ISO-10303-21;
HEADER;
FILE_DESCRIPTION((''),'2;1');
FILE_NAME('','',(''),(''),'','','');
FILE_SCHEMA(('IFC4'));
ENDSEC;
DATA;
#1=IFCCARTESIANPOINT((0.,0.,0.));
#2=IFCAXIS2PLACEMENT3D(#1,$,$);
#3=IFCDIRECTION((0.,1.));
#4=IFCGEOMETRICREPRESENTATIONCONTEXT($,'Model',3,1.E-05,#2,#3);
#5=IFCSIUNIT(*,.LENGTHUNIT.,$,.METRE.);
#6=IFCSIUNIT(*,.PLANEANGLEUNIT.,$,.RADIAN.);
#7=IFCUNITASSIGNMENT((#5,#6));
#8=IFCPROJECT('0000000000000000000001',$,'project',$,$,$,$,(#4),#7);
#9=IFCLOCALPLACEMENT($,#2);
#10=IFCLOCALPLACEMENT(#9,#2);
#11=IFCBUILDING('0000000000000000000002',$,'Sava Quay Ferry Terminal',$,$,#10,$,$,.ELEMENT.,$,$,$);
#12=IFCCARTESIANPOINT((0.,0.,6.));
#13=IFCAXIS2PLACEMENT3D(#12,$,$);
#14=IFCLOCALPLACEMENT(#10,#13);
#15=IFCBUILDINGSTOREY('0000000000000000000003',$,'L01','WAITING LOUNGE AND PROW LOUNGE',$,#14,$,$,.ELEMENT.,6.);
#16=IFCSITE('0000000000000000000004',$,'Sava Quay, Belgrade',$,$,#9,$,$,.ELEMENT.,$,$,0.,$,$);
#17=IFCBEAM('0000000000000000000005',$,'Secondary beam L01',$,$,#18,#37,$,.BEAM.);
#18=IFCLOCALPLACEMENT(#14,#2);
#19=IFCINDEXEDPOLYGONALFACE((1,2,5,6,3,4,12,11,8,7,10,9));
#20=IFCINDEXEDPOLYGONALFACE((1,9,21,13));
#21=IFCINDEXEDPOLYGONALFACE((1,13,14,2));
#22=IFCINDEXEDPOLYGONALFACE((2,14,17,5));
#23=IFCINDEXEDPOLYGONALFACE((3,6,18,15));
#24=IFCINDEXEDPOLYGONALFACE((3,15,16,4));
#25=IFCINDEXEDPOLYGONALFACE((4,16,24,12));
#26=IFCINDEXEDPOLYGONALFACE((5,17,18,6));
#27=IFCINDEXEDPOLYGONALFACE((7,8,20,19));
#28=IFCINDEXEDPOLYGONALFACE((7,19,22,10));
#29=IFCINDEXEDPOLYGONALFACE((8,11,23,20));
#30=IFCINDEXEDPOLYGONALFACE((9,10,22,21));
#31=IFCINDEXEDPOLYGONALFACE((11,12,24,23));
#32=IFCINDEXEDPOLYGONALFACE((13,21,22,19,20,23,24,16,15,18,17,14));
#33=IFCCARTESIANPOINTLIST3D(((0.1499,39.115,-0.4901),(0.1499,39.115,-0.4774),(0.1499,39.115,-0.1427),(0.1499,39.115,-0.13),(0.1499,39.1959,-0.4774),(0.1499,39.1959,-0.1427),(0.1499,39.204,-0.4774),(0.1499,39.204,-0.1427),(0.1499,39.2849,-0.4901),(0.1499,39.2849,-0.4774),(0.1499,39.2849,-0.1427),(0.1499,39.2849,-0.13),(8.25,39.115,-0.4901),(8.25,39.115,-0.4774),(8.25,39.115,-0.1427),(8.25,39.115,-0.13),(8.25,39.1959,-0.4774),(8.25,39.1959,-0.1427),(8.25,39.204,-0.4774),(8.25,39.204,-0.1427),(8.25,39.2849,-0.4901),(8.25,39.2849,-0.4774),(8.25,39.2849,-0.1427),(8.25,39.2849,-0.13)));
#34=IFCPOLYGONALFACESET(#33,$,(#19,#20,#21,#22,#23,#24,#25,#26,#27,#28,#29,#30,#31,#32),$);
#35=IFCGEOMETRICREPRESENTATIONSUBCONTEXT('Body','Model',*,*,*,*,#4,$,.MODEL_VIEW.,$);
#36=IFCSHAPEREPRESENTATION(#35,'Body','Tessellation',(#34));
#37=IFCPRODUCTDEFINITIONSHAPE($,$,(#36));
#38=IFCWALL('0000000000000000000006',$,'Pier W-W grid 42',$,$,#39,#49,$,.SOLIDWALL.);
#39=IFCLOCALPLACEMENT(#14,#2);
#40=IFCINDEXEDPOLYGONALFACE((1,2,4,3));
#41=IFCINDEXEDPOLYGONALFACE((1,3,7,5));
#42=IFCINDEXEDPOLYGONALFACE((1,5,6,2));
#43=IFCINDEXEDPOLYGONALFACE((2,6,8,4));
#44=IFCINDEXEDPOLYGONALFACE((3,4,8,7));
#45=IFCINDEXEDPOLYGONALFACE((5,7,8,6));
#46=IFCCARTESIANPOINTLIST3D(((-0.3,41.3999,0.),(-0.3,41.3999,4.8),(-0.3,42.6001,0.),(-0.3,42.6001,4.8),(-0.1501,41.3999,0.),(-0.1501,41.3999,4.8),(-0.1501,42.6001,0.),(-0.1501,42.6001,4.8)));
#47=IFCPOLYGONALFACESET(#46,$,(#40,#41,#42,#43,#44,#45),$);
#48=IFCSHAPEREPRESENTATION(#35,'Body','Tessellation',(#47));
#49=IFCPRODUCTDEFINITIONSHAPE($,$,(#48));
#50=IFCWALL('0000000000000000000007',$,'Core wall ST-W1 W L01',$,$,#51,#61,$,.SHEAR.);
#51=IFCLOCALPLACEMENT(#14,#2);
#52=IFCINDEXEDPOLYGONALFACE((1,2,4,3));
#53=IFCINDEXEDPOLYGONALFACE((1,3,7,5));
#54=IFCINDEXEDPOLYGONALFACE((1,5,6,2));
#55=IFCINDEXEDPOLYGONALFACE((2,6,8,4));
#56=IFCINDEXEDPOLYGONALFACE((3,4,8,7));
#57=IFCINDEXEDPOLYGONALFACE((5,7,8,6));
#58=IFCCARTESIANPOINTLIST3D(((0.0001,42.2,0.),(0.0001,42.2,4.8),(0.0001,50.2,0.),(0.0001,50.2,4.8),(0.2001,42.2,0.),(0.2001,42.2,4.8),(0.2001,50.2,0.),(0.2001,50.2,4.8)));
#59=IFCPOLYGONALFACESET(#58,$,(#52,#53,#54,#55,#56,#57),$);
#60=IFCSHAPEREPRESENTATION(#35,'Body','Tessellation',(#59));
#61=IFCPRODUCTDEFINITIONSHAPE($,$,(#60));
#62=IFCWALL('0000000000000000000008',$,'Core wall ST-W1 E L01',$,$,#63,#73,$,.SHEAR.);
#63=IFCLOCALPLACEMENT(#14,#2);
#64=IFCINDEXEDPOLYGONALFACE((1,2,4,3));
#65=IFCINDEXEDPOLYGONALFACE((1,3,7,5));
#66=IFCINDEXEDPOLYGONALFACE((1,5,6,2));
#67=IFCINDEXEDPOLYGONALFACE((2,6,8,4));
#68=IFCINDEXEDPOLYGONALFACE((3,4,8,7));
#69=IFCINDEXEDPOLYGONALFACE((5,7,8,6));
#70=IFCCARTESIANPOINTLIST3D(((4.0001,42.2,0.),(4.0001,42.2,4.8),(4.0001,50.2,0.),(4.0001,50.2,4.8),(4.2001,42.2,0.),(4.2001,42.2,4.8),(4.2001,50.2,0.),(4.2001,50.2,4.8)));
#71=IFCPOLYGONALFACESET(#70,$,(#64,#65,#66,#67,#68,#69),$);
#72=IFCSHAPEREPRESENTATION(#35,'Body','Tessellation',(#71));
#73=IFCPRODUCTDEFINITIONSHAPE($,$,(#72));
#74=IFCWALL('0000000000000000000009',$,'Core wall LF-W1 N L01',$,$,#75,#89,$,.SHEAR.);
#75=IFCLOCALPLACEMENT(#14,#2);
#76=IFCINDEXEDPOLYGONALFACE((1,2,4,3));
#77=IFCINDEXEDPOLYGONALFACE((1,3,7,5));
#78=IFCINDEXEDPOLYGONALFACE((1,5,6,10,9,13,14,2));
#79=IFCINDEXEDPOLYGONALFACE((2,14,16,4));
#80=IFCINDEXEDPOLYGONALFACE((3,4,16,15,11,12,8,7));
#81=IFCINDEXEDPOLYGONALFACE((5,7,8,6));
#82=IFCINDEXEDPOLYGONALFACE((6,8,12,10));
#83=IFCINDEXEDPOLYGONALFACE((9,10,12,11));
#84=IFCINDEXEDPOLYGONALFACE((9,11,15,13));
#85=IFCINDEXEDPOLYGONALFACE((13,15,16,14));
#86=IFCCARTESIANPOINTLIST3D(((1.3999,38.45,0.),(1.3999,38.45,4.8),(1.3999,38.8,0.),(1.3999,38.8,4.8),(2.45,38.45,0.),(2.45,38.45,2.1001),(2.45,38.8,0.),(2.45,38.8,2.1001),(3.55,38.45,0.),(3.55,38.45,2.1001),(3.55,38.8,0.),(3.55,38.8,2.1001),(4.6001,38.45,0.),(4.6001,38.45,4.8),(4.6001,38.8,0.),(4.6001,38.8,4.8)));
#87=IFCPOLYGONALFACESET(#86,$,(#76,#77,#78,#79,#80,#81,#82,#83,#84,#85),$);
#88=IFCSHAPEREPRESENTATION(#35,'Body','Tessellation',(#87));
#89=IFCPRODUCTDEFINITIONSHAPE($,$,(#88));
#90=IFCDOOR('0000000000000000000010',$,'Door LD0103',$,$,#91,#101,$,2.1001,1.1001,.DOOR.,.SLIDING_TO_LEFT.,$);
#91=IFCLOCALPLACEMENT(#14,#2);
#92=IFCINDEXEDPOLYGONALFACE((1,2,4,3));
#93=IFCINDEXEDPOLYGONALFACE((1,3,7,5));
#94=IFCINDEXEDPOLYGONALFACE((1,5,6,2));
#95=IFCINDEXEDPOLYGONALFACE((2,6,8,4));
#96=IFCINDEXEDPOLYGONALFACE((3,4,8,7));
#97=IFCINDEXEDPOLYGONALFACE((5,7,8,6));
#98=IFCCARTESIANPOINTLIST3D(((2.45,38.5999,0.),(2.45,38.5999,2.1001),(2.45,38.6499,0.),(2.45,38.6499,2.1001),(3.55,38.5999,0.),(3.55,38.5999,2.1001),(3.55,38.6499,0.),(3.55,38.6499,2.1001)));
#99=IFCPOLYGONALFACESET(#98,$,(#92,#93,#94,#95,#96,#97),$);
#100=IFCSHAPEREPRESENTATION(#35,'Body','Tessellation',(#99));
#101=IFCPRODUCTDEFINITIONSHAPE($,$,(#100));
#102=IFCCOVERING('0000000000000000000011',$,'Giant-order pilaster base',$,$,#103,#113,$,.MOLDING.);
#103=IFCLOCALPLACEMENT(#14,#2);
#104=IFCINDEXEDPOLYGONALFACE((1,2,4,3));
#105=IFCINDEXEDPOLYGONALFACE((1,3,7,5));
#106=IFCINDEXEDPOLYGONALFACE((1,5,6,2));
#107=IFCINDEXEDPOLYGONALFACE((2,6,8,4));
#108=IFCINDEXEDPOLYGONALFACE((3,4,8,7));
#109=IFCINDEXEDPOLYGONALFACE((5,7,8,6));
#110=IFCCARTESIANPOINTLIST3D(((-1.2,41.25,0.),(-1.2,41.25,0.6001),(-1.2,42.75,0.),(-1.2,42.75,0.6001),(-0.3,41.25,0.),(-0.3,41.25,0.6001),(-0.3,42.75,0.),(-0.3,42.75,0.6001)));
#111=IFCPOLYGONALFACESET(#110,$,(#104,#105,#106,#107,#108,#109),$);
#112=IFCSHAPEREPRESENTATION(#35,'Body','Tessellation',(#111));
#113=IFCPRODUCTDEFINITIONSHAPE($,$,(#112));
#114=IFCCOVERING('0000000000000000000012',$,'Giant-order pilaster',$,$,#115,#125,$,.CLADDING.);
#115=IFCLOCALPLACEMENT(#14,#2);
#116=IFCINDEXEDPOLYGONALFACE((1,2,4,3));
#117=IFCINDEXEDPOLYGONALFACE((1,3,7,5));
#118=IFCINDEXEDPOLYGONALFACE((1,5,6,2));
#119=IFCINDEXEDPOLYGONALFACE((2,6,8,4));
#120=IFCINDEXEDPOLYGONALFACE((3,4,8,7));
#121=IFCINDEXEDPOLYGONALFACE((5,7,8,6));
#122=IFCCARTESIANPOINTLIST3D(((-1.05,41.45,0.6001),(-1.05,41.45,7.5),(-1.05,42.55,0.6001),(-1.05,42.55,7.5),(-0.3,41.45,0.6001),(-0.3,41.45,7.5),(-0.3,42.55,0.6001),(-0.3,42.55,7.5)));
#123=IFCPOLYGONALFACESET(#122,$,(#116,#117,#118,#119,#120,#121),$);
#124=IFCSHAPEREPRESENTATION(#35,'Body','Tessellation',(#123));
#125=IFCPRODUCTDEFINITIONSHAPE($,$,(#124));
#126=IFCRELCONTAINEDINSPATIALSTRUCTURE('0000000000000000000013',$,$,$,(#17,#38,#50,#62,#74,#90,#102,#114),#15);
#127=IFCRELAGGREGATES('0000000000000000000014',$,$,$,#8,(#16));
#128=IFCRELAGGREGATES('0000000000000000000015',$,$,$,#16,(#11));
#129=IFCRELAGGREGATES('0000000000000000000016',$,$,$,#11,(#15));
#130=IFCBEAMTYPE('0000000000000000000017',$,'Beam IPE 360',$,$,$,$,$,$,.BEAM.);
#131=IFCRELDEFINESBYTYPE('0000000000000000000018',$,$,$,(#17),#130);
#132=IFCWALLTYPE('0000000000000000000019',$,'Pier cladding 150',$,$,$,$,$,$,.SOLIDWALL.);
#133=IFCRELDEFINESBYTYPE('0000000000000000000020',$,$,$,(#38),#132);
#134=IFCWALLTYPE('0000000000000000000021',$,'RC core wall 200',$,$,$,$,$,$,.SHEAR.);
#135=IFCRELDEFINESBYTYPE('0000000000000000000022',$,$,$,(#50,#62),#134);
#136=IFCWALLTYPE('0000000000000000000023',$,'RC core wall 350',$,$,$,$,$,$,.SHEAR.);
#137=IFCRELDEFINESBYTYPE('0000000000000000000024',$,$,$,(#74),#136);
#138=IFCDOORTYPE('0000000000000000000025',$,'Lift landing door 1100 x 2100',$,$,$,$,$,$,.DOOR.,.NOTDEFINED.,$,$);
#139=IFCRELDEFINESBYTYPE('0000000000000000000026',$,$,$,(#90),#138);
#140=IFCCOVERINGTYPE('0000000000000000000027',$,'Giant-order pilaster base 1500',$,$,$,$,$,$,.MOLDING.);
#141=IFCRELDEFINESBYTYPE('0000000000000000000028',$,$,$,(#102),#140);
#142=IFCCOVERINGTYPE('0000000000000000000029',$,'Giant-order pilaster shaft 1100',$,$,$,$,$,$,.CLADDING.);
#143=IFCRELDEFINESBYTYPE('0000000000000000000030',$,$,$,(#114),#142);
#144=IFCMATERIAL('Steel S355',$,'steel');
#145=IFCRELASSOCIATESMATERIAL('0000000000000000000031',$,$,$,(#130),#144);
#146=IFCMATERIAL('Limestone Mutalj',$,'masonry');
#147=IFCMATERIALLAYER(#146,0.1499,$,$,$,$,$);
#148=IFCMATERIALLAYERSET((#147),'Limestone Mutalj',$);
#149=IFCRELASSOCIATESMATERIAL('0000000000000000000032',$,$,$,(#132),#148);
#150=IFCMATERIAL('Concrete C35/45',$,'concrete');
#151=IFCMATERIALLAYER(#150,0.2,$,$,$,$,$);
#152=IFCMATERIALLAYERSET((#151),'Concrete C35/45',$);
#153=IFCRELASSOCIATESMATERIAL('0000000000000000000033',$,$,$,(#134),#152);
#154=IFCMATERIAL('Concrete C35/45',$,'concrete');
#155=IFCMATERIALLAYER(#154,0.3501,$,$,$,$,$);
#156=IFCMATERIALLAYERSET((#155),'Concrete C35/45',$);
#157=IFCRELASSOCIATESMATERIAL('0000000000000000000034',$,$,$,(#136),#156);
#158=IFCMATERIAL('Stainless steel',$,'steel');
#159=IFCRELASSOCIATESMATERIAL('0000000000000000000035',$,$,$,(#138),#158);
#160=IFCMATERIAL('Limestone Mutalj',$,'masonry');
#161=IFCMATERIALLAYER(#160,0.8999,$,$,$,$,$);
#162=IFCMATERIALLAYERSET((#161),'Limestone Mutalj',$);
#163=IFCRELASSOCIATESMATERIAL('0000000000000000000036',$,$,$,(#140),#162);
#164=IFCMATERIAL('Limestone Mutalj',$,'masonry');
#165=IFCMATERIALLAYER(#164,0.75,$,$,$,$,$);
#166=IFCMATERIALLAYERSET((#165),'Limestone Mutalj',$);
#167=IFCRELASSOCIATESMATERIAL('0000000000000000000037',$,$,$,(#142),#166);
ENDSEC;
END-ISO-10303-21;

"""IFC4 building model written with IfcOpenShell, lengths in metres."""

from ifc_helpers import new_model, si_unit, direction, frame, frame_2d, origin, origin_2d, place, context, subcontext, project, spatial, rectangle, i_section, extrude, material, layer, layer_set, material_profile, profile_set, type_object, element, fill, save


model = new_model("IFC4")

# Units and contexts
model_context = context("Model", 3, precision=1e-05, world=origin(), true_north=direction((0.0, 1.0)))
body_context = subcontext(model_context, "Body", "Model", "MODEL_VIEW")
ifc_project = project(units=[si_unit("LENGTHUNIT", "METRE"), si_unit("PLANEANGLEUNIT", "RADIAN")], contexts=[model_context])

# Site, building, storey
site_placement = place(None, origin())
site = spatial("IfcSite", under=ifc_project, at=site_placement, Name="Sava Quay, Belgrade", CompositionType="ELEMENT", RefElevation=0.0)
building_placement = place(site_placement, origin())
building = spatial("IfcBuilding", under=site, at=building_placement, Name="Sava Quay Ferry Terminal", CompositionType="ELEMENT")
storey_placement = place(building_placement, frame((0.0, 0.0, 6.0)))
storey = spatial("IfcBuildingStorey", under=building, at=storey_placement, Name="L01", Description="WAITING LOUNGE AND PROW LOUNGE", CompositionType="ELEMENT", Elevation=6.0)

# Beam
ifc_material_1 = material(Name="Steel S355", Category="steel")
ifc_material_profile = material_profile(ifc_material_1, i_section(OverallWidth=0.1699, OverallDepth=0.3601, WebThickness=0.0081, FlangeThickness=0.0127, at=origin_2d()), Name="IPE 360")
ifc_profile_set = profile_set([ifc_material_profile], Name="Steel S355")
beam_type = type_object("IfcBeamType", Name="Beam IPE 360", PredefinedType="BEAM", material=ifc_profile_set)
beam_placement = place(storey_placement, frame((0.1499, 39.2, -0.3101), z_axis=(1.0, 0.0, 0.0), x_axis=(0.0, 1.0, 0.0)))
element("IfcBeam", 1, at=beam_placement, inside=storey, type_object=beam_type, Name="Secondary beam L01", PredefinedType="BEAM", context=body_context, shape_type="SweptSolid", body=[
    extrude(i_section(OverallWidth=0.1699, OverallDepth=0.3601, WebThickness=0.0081, FlangeThickness=0.0127, at=origin_2d()), origin(), (0.0, 0.0, 1.0), 8.1001),
])

# Wall
ifc_material_2 = material(Name="Limestone Mutalj", Category="masonry")
ifc_layer_1 = layer(ifc_material_2, 0.1499)
ifc_layer_set_1 = layer_set([ifc_layer_1], Name="Limestone Mutalj")
wall_type_1 = type_object("IfcWallType", Name="Pier cladding 150", PredefinedType="SOLIDWALL", material=ifc_layer_set_1)
wall_1_placement = place(storey_placement, frame((-0.2251, 41.3999, 0.0), z_axis=(0.0, 0.0, 1.0), x_axis=(0.0, 1.0, 0.0)))
element("IfcWall", 2, at=wall_1_placement, inside=storey, type_object=wall_type_1, Name="Pier W-W grid 42", PredefinedType="SOLIDWALL", context=body_context, shape_type="SweptSolid", body=[
    extrude(rectangle(XDim=1.2002, YDim=0.1499, at=frame_2d((0.6001, 0.0))), origin(), (0.0, 0.0, 1.0), 4.8),
])

# Shared definitions
ifc_material_3 = material(Name="Concrete C35/45", Category="concrete")
ifc_layer_2 = layer(ifc_material_3, 0.2)
ifc_layer_set_2 = layer_set([ifc_layer_2], Name="Concrete C35/45")
wall_type_2 = type_object("IfcWallType", Name="RC core wall 200", PredefinedType="SHEAR", material=ifc_layer_set_2)

# Walls
for number, where, z_axis, x_axis, name in (
    (3, (0.1001, 42.2, 0.0), (0.0, 0.0, 1.0), (0.0, 1.0, 0.0), "Core wall ST-W1 W L01"),
    (4, (4.1001, 42.2, 0.0), (0.0, 0.0, 1.0), (0.0, 1.0, 0.0), "Core wall ST-W1 E L01"),
):
    element("IfcWall", number, at=place(storey_placement, frame(where, z_axis=z_axis, x_axis=x_axis)), inside=storey, type_object=wall_type_2, Name=name, PredefinedType="SHEAR", context=body_context, shape_type="SweptSolid", body=[
        extrude(rectangle(XDim=8.0, YDim=0.2, at=frame_2d((4.0, 0.0))), origin(), (0.0, 0.0, 1.0), 4.8),
    ])

# Wall, opening, door
ifc_material_4 = material(Name="Concrete C35/45", Category="concrete")
ifc_layer_3 = layer(ifc_material_4, 0.3501)
ifc_layer_set_3 = layer_set([ifc_layer_3], Name="Concrete C35/45")
wall_type_3 = type_object("IfcWallType", Name="RC core wall 350", PredefinedType="SHEAR", material=ifc_layer_set_3)
wall_2_placement = place(storey_placement, frame((1.3999, 38.625, 0.0), z_axis=(0.0, 0.0, 1.0), x_axis=(1.0, 0.0, 0.0)))
wall_2 = element("IfcWall", 5, at=wall_2_placement, inside=storey, type_object=wall_type_3, Name="Core wall LF-W1 N L01", PredefinedType="SHEAR", context=body_context, shape_type="SweptSolid", body=[
    extrude(rectangle(XDim=3.2002, YDim=0.3501, at=frame_2d((1.6001, 0.0))), origin(), (0.0, 0.0, 1.0), 4.8),
])
opening_1_placement = place(wall_2_placement, frame((1.05, 0.0, 0.0)))
opening_1 = element("IfcOpeningElement", 6, at=opening_1_placement, cuts=wall_2, PredefinedType="OPENING", context=body_context, shape_type="SweptSolid", body=[
    extrude(rectangle(XDim=1.1001, YDim=2.1001, at=frame_2d((0.55, 1.05))), frame((0.0, 0.175, 0.0), z_axis=(0.0, -1.0, 0.0), x_axis=(1.0, 0.0, 0.0)), (0.0, 0.0, 1.0), 0.3501),
])
ifc_material_5 = material(Name="Stainless steel", Category="steel")
door_type_1 = type_object("IfcDoorType", Name="Lift landing door 1100 x 2100", OperationType="NOTDEFINED", PredefinedType="DOOR", material=ifc_material_5)
door_1_placement = place(opening_1_placement, origin())
door_1 = element("IfcDoor", 7, at=door_1_placement, inside=storey, type_object=door_type_1, Name="Door LD0103", OperationType="SLIDING_TO_LEFT", OverallHeight=2.1001, OverallWidth=1.1001, PredefinedType="DOOR", context=body_context, shape_type="SweptSolid", body=[
    extrude(rectangle(XDim=1.1001, YDim=2.1001, at=frame_2d((0.55, 1.05))), frame((0.0, 0.0249, 0.0), z_axis=(0.0, -1.0, 0.0), x_axis=(1.0, 0.0, 0.0)), (0.0, 0.0, 1.0), 0.05),
])
fill(opening_1, door_1)

# Coverings
ifc_material_6 = material(Name="Limestone Mutalj", Category="masonry")
ifc_layer_4 = layer(ifc_material_6, 0.8999)
ifc_layer_set_4 = layer_set([ifc_layer_4], Name="Limestone Mutalj")
covering_type_1 = type_object("IfcCoveringType", Name="Giant-order pilaster base 1500", PredefinedType="MOLDING", material=ifc_layer_set_4)
covering_1_placement = place(storey_placement, frame((-0.75, 42.0, 0.0), z_axis=(0.0, 0.0, 1.0), x_axis=(1.0, 0.0, 0.0)))
element("IfcCovering", 8, at=covering_1_placement, inside=storey, type_object=covering_type_1, Name="Giant-order pilaster base", PredefinedType="MOLDING", context=body_context, shape_type="SweptSolid", body=[
    extrude(rectangle(XDim=0.8999, YDim=1.5, at=origin_2d()), origin(), (0.0, 0.0, 1.0), 0.6001),
])
ifc_material_7 = material(Name="Limestone Mutalj", Category="masonry")
ifc_layer_5 = layer(ifc_material_7, 0.75)
ifc_layer_set_5 = layer_set([ifc_layer_5], Name="Limestone Mutalj")
covering_type_2 = type_object("IfcCoveringType", Name="Giant-order pilaster shaft 1100", PredefinedType="CLADDING", material=ifc_layer_set_5)
covering_2_placement = place(storey_placement, frame((-0.675, 42.0, 0.6001), z_axis=(0.0, 0.0, 1.0), x_axis=(1.0, 0.0, 0.0)))
element("IfcCovering", 9, at=covering_2_placement, inside=storey, type_object=covering_type_2, Name="Giant-order pilaster", PredefinedType="CLADDING", context=body_context, shape_type="SweptSolid", body=[
    extrude(rectangle(XDim=0.75, YDim=1.1001, at=origin_2d()), origin(), (0.0, 0.0, 1.0), 6.8999),
])

save(model, "model.ifc")
